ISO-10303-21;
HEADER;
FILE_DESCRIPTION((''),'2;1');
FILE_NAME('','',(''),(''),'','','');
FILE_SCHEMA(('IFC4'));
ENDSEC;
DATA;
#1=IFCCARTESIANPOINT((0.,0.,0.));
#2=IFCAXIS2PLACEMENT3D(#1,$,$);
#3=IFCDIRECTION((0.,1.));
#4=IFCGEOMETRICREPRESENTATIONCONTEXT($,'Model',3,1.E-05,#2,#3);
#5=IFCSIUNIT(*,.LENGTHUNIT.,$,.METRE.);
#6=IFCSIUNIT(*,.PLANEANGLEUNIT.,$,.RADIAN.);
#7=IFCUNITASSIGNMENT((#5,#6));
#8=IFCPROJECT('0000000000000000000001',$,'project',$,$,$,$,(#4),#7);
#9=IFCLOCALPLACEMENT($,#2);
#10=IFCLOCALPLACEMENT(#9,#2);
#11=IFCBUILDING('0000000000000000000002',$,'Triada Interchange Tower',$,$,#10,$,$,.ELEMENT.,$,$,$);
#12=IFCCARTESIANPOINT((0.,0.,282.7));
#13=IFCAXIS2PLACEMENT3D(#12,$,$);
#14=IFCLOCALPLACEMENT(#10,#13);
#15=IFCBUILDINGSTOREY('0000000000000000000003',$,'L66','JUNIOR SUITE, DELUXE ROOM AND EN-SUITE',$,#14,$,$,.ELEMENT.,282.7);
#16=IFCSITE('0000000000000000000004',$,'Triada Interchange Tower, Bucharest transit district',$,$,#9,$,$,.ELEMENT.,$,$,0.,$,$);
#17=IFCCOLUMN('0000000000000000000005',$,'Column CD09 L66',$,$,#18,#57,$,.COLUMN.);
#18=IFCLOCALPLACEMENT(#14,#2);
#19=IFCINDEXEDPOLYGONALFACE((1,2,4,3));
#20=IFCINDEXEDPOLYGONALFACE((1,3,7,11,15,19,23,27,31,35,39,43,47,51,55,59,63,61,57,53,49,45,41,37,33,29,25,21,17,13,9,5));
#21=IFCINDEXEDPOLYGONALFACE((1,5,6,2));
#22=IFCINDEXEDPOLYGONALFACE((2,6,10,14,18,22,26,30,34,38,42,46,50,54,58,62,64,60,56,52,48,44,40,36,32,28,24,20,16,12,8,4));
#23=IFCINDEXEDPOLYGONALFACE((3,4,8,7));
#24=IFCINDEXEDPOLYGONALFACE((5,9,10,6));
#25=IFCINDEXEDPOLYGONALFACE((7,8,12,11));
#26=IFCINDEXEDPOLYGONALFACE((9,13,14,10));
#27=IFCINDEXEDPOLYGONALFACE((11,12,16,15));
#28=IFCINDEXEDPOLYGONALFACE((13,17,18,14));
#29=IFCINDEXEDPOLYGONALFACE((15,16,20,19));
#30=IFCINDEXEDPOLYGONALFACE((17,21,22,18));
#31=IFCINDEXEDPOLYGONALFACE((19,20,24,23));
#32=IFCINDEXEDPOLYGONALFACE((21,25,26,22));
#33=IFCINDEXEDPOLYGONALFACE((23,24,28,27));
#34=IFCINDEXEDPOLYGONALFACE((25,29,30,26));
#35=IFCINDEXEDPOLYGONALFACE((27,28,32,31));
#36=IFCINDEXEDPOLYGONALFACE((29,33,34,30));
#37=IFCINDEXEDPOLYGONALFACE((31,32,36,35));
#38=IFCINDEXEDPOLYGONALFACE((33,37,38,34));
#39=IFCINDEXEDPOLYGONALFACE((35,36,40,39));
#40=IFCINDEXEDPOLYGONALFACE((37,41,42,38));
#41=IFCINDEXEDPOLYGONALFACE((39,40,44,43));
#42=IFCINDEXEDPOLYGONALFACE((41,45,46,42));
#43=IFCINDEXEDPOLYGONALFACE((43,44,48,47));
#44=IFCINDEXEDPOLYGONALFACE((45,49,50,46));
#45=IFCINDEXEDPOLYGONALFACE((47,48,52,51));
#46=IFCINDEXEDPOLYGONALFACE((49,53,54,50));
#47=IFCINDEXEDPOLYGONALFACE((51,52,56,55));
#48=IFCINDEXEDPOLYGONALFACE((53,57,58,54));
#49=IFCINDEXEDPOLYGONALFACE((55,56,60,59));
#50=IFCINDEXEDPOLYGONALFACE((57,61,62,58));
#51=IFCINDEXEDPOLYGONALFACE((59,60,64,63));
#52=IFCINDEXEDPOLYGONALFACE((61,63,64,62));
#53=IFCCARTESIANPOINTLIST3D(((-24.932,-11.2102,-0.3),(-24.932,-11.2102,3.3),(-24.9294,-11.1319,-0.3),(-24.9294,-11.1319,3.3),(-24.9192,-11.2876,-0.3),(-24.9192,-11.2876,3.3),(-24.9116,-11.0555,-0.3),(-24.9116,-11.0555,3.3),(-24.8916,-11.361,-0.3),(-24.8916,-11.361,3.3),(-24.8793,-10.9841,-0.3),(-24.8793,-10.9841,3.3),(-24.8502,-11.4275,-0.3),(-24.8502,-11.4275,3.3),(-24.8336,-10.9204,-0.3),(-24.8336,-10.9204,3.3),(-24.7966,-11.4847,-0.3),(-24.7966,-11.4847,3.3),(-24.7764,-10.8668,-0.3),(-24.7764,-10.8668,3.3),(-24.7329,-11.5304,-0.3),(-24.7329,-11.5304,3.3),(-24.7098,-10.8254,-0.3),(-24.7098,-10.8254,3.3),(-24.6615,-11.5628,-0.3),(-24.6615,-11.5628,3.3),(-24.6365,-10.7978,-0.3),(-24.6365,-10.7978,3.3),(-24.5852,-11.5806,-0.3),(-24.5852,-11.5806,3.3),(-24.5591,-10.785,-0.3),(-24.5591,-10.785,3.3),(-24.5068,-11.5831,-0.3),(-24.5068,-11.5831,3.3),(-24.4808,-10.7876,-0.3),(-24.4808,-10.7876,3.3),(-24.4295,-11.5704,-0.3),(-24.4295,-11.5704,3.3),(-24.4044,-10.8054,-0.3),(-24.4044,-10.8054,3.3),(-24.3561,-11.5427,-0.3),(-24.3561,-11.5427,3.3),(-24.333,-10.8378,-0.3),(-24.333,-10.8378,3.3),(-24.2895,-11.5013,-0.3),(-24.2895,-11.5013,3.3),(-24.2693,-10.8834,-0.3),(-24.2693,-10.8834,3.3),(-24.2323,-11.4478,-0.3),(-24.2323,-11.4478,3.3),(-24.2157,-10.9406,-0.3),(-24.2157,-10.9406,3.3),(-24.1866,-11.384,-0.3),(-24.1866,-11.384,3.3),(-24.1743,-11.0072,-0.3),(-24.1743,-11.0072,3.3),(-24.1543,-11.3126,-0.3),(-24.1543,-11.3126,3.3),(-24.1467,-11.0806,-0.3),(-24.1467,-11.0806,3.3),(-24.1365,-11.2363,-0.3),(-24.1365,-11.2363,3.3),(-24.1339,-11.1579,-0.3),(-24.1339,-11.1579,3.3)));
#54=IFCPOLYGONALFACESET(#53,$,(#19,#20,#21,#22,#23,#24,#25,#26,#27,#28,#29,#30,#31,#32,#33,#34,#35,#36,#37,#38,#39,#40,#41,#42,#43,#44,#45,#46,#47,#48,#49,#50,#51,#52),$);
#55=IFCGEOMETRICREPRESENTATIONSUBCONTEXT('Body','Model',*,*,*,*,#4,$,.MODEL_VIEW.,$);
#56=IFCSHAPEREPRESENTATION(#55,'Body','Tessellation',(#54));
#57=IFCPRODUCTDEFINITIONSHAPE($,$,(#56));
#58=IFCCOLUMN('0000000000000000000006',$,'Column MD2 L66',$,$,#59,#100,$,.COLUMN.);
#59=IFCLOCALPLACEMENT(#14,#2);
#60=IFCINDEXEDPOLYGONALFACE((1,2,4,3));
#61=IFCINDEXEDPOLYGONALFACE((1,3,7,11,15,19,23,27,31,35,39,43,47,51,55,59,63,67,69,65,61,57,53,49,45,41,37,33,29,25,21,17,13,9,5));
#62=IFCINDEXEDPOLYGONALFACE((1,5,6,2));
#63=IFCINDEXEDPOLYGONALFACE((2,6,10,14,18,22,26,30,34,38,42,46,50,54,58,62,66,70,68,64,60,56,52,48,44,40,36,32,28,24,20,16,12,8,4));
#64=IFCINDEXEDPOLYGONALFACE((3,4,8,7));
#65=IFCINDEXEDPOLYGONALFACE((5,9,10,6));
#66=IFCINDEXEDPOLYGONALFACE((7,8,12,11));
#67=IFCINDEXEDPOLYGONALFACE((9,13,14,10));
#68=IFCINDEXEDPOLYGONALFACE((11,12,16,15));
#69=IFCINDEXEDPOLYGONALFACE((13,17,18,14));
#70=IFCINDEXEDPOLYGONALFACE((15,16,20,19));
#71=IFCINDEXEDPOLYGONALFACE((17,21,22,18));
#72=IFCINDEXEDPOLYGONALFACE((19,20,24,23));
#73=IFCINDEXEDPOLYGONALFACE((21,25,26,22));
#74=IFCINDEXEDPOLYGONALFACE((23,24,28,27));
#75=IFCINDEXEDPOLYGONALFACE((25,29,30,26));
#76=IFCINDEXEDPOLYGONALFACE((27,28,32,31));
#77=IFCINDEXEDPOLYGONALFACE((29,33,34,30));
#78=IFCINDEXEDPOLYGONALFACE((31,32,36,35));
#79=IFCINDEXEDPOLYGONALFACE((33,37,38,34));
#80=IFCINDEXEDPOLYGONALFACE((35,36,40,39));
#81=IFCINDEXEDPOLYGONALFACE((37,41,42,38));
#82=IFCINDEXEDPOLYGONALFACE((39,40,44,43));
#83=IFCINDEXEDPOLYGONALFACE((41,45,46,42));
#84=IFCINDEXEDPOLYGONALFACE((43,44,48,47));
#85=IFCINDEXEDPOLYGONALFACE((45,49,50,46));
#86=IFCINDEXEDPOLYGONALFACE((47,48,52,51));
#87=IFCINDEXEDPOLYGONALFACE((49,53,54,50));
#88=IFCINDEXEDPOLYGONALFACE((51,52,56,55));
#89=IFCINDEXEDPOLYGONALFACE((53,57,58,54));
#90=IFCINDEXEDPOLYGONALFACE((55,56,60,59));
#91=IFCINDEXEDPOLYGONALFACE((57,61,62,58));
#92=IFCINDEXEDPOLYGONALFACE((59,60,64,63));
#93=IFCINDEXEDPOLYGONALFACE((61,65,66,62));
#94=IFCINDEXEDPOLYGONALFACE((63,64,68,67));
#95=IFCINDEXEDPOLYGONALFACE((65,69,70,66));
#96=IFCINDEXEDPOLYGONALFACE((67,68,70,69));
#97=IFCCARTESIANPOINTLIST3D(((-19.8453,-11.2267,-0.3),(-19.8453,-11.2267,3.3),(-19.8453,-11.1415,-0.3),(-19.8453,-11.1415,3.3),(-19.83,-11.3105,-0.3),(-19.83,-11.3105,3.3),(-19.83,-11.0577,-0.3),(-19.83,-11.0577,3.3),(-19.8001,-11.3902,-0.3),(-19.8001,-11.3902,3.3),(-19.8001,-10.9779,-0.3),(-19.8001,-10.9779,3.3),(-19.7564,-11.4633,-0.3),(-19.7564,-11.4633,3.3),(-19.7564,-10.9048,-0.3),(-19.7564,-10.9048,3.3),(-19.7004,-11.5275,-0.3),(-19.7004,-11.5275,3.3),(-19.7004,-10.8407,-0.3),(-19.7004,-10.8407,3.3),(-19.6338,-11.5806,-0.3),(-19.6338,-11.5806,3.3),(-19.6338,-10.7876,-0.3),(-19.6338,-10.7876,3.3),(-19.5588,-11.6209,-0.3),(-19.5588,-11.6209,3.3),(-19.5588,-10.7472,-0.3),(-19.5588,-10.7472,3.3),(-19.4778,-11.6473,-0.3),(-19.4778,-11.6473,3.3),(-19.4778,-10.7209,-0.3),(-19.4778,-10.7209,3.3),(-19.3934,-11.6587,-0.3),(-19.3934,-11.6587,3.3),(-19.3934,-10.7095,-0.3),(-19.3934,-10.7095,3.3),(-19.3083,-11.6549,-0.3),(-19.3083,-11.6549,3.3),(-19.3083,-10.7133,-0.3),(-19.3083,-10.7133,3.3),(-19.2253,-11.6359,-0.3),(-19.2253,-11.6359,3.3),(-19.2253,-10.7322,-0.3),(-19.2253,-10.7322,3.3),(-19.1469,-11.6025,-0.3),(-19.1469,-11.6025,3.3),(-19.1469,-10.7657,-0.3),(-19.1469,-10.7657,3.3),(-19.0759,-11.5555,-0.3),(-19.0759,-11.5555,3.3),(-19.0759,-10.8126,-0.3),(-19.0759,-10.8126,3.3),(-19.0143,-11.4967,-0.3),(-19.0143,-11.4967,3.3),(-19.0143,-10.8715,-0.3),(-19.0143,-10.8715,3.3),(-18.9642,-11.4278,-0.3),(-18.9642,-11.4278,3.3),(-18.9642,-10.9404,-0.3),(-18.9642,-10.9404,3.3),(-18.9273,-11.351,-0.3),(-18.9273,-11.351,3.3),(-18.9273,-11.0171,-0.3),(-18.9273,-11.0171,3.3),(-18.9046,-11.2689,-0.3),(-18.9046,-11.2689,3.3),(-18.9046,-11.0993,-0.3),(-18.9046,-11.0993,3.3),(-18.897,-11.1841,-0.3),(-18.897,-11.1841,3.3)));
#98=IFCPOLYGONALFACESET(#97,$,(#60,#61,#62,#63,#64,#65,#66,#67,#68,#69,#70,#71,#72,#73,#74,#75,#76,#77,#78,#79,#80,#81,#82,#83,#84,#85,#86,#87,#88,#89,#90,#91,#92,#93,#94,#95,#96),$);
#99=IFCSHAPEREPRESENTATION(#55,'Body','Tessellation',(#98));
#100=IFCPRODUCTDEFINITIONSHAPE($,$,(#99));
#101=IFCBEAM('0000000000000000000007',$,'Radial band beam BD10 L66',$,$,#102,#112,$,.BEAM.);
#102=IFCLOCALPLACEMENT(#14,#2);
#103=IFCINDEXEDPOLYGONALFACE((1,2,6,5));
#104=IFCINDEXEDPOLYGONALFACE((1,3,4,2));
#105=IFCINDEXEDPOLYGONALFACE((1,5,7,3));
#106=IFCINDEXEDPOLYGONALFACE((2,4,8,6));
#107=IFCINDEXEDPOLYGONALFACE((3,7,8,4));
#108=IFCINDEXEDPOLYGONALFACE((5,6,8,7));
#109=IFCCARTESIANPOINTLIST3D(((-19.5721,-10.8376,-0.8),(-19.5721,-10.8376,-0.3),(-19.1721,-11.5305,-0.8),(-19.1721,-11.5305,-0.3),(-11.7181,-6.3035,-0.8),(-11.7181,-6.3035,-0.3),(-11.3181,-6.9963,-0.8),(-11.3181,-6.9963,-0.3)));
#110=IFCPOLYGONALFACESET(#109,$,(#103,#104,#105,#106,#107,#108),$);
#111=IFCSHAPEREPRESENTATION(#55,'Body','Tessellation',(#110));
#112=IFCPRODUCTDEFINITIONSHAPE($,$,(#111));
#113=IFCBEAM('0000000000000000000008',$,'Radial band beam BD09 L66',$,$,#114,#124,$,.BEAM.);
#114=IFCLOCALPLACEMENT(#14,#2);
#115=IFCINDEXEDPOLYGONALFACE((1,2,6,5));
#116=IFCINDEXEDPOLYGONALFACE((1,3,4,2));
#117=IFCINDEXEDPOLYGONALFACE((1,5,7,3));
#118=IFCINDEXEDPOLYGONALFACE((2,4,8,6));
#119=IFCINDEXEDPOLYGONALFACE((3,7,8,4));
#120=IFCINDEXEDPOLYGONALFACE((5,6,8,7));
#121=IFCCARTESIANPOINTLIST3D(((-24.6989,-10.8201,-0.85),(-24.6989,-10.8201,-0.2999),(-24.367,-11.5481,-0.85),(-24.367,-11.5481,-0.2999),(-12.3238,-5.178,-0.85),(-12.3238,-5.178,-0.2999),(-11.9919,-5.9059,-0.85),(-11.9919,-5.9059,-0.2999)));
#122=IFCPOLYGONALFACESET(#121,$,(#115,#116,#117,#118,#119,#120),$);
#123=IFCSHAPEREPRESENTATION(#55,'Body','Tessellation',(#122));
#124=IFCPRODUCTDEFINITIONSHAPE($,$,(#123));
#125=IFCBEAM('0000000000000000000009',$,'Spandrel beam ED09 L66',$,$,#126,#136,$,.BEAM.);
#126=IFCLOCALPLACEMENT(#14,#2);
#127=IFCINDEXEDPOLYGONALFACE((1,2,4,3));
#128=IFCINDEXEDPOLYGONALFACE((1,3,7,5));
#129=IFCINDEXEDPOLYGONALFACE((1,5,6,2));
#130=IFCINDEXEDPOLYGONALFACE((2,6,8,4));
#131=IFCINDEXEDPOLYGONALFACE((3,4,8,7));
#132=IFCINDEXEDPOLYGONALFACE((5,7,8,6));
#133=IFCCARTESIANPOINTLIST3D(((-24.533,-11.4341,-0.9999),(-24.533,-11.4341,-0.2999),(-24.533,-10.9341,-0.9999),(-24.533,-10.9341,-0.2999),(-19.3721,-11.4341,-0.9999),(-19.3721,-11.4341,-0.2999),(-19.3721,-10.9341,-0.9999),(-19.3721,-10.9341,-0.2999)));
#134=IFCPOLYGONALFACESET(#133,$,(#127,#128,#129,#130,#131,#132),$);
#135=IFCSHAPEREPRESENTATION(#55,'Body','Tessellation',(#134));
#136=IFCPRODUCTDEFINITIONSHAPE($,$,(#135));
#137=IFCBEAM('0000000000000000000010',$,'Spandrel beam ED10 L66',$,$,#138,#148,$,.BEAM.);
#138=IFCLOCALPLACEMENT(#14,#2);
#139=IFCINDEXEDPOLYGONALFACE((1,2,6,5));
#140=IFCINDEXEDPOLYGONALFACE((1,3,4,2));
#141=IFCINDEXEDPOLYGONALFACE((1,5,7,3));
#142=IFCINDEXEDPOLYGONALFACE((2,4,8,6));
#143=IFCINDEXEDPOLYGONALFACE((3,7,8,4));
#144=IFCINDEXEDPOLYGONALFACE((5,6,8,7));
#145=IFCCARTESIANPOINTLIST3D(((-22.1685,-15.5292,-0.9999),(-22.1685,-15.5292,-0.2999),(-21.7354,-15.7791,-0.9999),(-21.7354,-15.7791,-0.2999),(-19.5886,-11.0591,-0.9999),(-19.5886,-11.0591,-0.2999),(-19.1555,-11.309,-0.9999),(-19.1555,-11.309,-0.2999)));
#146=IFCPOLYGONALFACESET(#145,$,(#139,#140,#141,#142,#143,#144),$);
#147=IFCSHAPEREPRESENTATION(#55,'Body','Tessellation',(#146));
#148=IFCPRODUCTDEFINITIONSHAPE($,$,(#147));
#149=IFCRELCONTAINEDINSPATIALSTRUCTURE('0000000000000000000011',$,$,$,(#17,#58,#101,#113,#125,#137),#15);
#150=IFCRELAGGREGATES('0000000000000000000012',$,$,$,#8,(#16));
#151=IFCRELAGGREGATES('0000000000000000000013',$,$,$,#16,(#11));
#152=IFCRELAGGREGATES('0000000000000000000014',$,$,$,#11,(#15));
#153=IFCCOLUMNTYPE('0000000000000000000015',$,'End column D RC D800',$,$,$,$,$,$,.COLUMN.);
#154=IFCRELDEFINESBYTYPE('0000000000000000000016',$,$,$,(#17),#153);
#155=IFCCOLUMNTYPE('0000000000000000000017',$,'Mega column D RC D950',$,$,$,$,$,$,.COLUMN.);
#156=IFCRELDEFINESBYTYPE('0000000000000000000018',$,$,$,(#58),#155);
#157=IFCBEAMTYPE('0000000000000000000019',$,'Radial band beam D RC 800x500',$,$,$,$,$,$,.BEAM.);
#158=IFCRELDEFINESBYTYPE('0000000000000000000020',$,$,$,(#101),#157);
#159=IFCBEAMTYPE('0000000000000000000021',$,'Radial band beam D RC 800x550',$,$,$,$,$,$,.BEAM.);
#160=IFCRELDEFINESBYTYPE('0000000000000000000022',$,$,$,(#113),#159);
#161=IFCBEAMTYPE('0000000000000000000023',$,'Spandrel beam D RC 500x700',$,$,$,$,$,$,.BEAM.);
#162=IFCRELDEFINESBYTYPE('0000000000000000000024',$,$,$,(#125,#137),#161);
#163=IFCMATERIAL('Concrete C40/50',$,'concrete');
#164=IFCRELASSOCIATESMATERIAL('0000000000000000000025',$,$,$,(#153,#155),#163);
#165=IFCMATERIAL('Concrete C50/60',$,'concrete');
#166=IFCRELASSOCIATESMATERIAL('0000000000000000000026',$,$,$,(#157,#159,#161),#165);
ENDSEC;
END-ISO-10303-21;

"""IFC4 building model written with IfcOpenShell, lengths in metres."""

from ifc_helpers import new_model, si_unit, direction, frame, origin, origin_2d, place, context, subcontext, project, spatial, rectangle, circle, extrude, material, material_profile, profile_set, type_object, element, save


model = new_model("IFC4")

# Units and contexts
model_context = context("Model", 3, precision=1e-05, world=origin(), true_north=direction((0.0, 1.0)))
body_context = subcontext(model_context, "Body", "Model", "MODEL_VIEW")
ifc_project = project(units=[si_unit("LENGTHUNIT", "METRE"), si_unit("PLANEANGLEUNIT", "RADIAN")], contexts=[model_context])

# Site, building, storey
site_placement = place(None, origin())
site = spatial("IfcSite", under=ifc_project, at=site_placement, Name="Triada Interchange Tower, Bucharest transit district", CompositionType="ELEMENT", RefElevation=0.0)
building_placement = place(site_placement, origin())
building = spatial("IfcBuilding", under=site, at=building_placement, Name="Triada Interchange Tower", CompositionType="ELEMENT")
storey_placement = place(building_placement, frame((0.0, 0.0, 282.7)))
storey = spatial("IfcBuildingStorey", under=building, at=storey_placement, Name="L66", Description="JUNIOR SUITE, DELUXE ROOM AND EN-SUITE", CompositionType="ELEMENT", Elevation=282.7)

# Columns
ifc_material_1 = material(Name="Concrete C40/50", Category="concrete")
ifc_material_profile_1 = material_profile(ifc_material_1, circle(Radius=0.3999, at=origin_2d()), Name="RC D800")
ifc_profile_set_1 = profile_set([ifc_material_profile_1], Name="Concrete C40/50")
column_type_1 = type_object("IfcColumnType", Name="End column D RC D800", PredefinedType="COLUMN", material=ifc_profile_set_1)
column_1_placement = place(storey_placement, frame((-24.533, -11.1841, -0.3), z_axis=(0.0, 0.0, 1.0), x_axis=(0.5, 0.866025, 0.0)))
element("IfcColumn", 1, at=column_1_placement, inside=storey, type_object=column_type_1, Name="Column CD09 L66", PredefinedType="COLUMN", context=body_context, shape_type="SweptSolid", body=[
    extrude(circle(Radius=0.3999, at=origin_2d()), origin(), (0.0, 0.0, 1.0), 3.6001),
])
ifc_material_profile_2 = material_profile(ifc_material_1, circle(Radius=0.4751, at=origin_2d()), Name="RC D950")
ifc_profile_set_2 = profile_set([ifc_material_profile_2], Name="Concrete C40/50")
column_type_2 = type_object("IfcColumnType", Name="Mega column D RC D950", PredefinedType="COLUMN", material=ifc_profile_set_2)
column_2_placement = place(storey_placement, frame((-19.3721, -11.1841, -0.3), z_axis=(0.0, 0.0, 1.0), x_axis=(1.0, 0.0, 0.0)))
element("IfcColumn", 2, at=column_2_placement, inside=storey, type_object=column_type_2, Name="Column MD2 L66", PredefinedType="COLUMN", context=body_context, shape_type="SweptSolid", body=[
    extrude(circle(Radius=0.4751, at=origin_2d()), origin(), (0.0, 0.0, 1.0), 3.6001),
])

# Beams
ifc_material_2 = material(Name="Concrete C50/60", Category="concrete")
ifc_material_profile_3 = material_profile(ifc_material_2, rectangle(XDim=0.8, YDim=0.5, at=origin_2d()), Name="RC 800x500")
ifc_profile_set_3 = profile_set([ifc_material_profile_3], Name="Concrete C50/60")
beam_type_1 = type_object("IfcBeamType", Name="Radial band beam D RC 800x500", PredefinedType="BEAM", material=ifc_profile_set_3)
beam_1_placement = place(storey_placement, frame((-19.3721, -11.1841, -0.55), z_axis=(0.866041, 0.499973, 0.0), x_axis=(-0.499973, 0.866041, 0.0)))
element("IfcBeam", 3, at=beam_1_placement, inside=storey, type_object=beam_type_1, Name="Radial band beam BD10 L66", PredefinedType="BEAM", context=body_context, shape_type="SweptSolid", body=[
    extrude(rectangle(XDim=0.8, YDim=0.5, at=origin_2d()), origin(), (0.0, 0.0, 1.0), 9.0688),
])
ifc_material_profile_4 = material_profile(ifc_material_2, rectangle(XDim=0.8, YDim=0.55, at=origin_2d()), Name="RC 800x550")
ifc_profile_set_4 = profile_set([ifc_material_profile_4], Name="Concrete C50/60")
beam_type_2 = type_object("IfcBeamType", Name="Radial band beam D RC 800x550", PredefinedType="BEAM", material=ifc_profile_set_4)
beam_2_placement = place(storey_placement, frame((-24.533, -11.1841, -0.575), z_axis=(0.909893, 0.414844, 0.0), x_axis=(-0.414844, 0.909893, 0.0)))
element("IfcBeam", 4, at=beam_2_placement, inside=storey, type_object=beam_type_2, Name="Radial band beam BD09 L66", PredefinedType="BEAM", context=body_context, shape_type="SweptSolid", body=[
    extrude(rectangle(XDim=0.8, YDim=0.55, at=origin_2d()), origin(), (0.0, 0.0, 1.0), 13.6006),
])
ifc_material_profile_5 = material_profile(ifc_material_2, rectangle(XDim=0.5, YDim=0.7, at=origin_2d()), Name="RC 500x700")
ifc_profile_set_5 = profile_set([ifc_material_profile_5], Name="Concrete C50/60")
beam_type_3 = type_object("IfcBeamType", Name="Spandrel beam D RC 500x700", PredefinedType="BEAM", material=ifc_profile_set_5)
beam_3_placement = place(storey_placement, frame((-24.533, -11.1841, -0.6499), z_axis=(1.0, 0.0, 0.0), x_axis=(0.0, 1.0, 0.0)))
element("IfcBeam", 5, at=beam_3_placement, inside=storey, type_object=beam_type_3, Name="Spandrel beam ED09 L66", PredefinedType="BEAM", context=body_context, shape_type="SweptSolid", body=[
    extrude(rectangle(XDim=0.5, YDim=0.7, at=origin_2d()), origin(), (0.0, 0.0, 1.0), 5.1609),
])
beam_4_placement = place(storey_placement, frame((-19.3721, -11.1841, -0.6499), z_axis=(-0.499869, -0.866101, 0.0), x_axis=(0.866101, -0.499869, 0.0)))
element("IfcBeam", 6, at=beam_4_placement, inside=storey, type_object=beam_type_3, Name="Spandrel beam ED10 L66", PredefinedType="BEAM", context=body_context, shape_type="SweptSolid", body=[
    extrude(rectangle(XDim=0.5, YDim=0.7, at=origin_2d()), origin(), (0.0, 0.0, 1.0), 5.1611),
])

save(model, "model.ifc")
